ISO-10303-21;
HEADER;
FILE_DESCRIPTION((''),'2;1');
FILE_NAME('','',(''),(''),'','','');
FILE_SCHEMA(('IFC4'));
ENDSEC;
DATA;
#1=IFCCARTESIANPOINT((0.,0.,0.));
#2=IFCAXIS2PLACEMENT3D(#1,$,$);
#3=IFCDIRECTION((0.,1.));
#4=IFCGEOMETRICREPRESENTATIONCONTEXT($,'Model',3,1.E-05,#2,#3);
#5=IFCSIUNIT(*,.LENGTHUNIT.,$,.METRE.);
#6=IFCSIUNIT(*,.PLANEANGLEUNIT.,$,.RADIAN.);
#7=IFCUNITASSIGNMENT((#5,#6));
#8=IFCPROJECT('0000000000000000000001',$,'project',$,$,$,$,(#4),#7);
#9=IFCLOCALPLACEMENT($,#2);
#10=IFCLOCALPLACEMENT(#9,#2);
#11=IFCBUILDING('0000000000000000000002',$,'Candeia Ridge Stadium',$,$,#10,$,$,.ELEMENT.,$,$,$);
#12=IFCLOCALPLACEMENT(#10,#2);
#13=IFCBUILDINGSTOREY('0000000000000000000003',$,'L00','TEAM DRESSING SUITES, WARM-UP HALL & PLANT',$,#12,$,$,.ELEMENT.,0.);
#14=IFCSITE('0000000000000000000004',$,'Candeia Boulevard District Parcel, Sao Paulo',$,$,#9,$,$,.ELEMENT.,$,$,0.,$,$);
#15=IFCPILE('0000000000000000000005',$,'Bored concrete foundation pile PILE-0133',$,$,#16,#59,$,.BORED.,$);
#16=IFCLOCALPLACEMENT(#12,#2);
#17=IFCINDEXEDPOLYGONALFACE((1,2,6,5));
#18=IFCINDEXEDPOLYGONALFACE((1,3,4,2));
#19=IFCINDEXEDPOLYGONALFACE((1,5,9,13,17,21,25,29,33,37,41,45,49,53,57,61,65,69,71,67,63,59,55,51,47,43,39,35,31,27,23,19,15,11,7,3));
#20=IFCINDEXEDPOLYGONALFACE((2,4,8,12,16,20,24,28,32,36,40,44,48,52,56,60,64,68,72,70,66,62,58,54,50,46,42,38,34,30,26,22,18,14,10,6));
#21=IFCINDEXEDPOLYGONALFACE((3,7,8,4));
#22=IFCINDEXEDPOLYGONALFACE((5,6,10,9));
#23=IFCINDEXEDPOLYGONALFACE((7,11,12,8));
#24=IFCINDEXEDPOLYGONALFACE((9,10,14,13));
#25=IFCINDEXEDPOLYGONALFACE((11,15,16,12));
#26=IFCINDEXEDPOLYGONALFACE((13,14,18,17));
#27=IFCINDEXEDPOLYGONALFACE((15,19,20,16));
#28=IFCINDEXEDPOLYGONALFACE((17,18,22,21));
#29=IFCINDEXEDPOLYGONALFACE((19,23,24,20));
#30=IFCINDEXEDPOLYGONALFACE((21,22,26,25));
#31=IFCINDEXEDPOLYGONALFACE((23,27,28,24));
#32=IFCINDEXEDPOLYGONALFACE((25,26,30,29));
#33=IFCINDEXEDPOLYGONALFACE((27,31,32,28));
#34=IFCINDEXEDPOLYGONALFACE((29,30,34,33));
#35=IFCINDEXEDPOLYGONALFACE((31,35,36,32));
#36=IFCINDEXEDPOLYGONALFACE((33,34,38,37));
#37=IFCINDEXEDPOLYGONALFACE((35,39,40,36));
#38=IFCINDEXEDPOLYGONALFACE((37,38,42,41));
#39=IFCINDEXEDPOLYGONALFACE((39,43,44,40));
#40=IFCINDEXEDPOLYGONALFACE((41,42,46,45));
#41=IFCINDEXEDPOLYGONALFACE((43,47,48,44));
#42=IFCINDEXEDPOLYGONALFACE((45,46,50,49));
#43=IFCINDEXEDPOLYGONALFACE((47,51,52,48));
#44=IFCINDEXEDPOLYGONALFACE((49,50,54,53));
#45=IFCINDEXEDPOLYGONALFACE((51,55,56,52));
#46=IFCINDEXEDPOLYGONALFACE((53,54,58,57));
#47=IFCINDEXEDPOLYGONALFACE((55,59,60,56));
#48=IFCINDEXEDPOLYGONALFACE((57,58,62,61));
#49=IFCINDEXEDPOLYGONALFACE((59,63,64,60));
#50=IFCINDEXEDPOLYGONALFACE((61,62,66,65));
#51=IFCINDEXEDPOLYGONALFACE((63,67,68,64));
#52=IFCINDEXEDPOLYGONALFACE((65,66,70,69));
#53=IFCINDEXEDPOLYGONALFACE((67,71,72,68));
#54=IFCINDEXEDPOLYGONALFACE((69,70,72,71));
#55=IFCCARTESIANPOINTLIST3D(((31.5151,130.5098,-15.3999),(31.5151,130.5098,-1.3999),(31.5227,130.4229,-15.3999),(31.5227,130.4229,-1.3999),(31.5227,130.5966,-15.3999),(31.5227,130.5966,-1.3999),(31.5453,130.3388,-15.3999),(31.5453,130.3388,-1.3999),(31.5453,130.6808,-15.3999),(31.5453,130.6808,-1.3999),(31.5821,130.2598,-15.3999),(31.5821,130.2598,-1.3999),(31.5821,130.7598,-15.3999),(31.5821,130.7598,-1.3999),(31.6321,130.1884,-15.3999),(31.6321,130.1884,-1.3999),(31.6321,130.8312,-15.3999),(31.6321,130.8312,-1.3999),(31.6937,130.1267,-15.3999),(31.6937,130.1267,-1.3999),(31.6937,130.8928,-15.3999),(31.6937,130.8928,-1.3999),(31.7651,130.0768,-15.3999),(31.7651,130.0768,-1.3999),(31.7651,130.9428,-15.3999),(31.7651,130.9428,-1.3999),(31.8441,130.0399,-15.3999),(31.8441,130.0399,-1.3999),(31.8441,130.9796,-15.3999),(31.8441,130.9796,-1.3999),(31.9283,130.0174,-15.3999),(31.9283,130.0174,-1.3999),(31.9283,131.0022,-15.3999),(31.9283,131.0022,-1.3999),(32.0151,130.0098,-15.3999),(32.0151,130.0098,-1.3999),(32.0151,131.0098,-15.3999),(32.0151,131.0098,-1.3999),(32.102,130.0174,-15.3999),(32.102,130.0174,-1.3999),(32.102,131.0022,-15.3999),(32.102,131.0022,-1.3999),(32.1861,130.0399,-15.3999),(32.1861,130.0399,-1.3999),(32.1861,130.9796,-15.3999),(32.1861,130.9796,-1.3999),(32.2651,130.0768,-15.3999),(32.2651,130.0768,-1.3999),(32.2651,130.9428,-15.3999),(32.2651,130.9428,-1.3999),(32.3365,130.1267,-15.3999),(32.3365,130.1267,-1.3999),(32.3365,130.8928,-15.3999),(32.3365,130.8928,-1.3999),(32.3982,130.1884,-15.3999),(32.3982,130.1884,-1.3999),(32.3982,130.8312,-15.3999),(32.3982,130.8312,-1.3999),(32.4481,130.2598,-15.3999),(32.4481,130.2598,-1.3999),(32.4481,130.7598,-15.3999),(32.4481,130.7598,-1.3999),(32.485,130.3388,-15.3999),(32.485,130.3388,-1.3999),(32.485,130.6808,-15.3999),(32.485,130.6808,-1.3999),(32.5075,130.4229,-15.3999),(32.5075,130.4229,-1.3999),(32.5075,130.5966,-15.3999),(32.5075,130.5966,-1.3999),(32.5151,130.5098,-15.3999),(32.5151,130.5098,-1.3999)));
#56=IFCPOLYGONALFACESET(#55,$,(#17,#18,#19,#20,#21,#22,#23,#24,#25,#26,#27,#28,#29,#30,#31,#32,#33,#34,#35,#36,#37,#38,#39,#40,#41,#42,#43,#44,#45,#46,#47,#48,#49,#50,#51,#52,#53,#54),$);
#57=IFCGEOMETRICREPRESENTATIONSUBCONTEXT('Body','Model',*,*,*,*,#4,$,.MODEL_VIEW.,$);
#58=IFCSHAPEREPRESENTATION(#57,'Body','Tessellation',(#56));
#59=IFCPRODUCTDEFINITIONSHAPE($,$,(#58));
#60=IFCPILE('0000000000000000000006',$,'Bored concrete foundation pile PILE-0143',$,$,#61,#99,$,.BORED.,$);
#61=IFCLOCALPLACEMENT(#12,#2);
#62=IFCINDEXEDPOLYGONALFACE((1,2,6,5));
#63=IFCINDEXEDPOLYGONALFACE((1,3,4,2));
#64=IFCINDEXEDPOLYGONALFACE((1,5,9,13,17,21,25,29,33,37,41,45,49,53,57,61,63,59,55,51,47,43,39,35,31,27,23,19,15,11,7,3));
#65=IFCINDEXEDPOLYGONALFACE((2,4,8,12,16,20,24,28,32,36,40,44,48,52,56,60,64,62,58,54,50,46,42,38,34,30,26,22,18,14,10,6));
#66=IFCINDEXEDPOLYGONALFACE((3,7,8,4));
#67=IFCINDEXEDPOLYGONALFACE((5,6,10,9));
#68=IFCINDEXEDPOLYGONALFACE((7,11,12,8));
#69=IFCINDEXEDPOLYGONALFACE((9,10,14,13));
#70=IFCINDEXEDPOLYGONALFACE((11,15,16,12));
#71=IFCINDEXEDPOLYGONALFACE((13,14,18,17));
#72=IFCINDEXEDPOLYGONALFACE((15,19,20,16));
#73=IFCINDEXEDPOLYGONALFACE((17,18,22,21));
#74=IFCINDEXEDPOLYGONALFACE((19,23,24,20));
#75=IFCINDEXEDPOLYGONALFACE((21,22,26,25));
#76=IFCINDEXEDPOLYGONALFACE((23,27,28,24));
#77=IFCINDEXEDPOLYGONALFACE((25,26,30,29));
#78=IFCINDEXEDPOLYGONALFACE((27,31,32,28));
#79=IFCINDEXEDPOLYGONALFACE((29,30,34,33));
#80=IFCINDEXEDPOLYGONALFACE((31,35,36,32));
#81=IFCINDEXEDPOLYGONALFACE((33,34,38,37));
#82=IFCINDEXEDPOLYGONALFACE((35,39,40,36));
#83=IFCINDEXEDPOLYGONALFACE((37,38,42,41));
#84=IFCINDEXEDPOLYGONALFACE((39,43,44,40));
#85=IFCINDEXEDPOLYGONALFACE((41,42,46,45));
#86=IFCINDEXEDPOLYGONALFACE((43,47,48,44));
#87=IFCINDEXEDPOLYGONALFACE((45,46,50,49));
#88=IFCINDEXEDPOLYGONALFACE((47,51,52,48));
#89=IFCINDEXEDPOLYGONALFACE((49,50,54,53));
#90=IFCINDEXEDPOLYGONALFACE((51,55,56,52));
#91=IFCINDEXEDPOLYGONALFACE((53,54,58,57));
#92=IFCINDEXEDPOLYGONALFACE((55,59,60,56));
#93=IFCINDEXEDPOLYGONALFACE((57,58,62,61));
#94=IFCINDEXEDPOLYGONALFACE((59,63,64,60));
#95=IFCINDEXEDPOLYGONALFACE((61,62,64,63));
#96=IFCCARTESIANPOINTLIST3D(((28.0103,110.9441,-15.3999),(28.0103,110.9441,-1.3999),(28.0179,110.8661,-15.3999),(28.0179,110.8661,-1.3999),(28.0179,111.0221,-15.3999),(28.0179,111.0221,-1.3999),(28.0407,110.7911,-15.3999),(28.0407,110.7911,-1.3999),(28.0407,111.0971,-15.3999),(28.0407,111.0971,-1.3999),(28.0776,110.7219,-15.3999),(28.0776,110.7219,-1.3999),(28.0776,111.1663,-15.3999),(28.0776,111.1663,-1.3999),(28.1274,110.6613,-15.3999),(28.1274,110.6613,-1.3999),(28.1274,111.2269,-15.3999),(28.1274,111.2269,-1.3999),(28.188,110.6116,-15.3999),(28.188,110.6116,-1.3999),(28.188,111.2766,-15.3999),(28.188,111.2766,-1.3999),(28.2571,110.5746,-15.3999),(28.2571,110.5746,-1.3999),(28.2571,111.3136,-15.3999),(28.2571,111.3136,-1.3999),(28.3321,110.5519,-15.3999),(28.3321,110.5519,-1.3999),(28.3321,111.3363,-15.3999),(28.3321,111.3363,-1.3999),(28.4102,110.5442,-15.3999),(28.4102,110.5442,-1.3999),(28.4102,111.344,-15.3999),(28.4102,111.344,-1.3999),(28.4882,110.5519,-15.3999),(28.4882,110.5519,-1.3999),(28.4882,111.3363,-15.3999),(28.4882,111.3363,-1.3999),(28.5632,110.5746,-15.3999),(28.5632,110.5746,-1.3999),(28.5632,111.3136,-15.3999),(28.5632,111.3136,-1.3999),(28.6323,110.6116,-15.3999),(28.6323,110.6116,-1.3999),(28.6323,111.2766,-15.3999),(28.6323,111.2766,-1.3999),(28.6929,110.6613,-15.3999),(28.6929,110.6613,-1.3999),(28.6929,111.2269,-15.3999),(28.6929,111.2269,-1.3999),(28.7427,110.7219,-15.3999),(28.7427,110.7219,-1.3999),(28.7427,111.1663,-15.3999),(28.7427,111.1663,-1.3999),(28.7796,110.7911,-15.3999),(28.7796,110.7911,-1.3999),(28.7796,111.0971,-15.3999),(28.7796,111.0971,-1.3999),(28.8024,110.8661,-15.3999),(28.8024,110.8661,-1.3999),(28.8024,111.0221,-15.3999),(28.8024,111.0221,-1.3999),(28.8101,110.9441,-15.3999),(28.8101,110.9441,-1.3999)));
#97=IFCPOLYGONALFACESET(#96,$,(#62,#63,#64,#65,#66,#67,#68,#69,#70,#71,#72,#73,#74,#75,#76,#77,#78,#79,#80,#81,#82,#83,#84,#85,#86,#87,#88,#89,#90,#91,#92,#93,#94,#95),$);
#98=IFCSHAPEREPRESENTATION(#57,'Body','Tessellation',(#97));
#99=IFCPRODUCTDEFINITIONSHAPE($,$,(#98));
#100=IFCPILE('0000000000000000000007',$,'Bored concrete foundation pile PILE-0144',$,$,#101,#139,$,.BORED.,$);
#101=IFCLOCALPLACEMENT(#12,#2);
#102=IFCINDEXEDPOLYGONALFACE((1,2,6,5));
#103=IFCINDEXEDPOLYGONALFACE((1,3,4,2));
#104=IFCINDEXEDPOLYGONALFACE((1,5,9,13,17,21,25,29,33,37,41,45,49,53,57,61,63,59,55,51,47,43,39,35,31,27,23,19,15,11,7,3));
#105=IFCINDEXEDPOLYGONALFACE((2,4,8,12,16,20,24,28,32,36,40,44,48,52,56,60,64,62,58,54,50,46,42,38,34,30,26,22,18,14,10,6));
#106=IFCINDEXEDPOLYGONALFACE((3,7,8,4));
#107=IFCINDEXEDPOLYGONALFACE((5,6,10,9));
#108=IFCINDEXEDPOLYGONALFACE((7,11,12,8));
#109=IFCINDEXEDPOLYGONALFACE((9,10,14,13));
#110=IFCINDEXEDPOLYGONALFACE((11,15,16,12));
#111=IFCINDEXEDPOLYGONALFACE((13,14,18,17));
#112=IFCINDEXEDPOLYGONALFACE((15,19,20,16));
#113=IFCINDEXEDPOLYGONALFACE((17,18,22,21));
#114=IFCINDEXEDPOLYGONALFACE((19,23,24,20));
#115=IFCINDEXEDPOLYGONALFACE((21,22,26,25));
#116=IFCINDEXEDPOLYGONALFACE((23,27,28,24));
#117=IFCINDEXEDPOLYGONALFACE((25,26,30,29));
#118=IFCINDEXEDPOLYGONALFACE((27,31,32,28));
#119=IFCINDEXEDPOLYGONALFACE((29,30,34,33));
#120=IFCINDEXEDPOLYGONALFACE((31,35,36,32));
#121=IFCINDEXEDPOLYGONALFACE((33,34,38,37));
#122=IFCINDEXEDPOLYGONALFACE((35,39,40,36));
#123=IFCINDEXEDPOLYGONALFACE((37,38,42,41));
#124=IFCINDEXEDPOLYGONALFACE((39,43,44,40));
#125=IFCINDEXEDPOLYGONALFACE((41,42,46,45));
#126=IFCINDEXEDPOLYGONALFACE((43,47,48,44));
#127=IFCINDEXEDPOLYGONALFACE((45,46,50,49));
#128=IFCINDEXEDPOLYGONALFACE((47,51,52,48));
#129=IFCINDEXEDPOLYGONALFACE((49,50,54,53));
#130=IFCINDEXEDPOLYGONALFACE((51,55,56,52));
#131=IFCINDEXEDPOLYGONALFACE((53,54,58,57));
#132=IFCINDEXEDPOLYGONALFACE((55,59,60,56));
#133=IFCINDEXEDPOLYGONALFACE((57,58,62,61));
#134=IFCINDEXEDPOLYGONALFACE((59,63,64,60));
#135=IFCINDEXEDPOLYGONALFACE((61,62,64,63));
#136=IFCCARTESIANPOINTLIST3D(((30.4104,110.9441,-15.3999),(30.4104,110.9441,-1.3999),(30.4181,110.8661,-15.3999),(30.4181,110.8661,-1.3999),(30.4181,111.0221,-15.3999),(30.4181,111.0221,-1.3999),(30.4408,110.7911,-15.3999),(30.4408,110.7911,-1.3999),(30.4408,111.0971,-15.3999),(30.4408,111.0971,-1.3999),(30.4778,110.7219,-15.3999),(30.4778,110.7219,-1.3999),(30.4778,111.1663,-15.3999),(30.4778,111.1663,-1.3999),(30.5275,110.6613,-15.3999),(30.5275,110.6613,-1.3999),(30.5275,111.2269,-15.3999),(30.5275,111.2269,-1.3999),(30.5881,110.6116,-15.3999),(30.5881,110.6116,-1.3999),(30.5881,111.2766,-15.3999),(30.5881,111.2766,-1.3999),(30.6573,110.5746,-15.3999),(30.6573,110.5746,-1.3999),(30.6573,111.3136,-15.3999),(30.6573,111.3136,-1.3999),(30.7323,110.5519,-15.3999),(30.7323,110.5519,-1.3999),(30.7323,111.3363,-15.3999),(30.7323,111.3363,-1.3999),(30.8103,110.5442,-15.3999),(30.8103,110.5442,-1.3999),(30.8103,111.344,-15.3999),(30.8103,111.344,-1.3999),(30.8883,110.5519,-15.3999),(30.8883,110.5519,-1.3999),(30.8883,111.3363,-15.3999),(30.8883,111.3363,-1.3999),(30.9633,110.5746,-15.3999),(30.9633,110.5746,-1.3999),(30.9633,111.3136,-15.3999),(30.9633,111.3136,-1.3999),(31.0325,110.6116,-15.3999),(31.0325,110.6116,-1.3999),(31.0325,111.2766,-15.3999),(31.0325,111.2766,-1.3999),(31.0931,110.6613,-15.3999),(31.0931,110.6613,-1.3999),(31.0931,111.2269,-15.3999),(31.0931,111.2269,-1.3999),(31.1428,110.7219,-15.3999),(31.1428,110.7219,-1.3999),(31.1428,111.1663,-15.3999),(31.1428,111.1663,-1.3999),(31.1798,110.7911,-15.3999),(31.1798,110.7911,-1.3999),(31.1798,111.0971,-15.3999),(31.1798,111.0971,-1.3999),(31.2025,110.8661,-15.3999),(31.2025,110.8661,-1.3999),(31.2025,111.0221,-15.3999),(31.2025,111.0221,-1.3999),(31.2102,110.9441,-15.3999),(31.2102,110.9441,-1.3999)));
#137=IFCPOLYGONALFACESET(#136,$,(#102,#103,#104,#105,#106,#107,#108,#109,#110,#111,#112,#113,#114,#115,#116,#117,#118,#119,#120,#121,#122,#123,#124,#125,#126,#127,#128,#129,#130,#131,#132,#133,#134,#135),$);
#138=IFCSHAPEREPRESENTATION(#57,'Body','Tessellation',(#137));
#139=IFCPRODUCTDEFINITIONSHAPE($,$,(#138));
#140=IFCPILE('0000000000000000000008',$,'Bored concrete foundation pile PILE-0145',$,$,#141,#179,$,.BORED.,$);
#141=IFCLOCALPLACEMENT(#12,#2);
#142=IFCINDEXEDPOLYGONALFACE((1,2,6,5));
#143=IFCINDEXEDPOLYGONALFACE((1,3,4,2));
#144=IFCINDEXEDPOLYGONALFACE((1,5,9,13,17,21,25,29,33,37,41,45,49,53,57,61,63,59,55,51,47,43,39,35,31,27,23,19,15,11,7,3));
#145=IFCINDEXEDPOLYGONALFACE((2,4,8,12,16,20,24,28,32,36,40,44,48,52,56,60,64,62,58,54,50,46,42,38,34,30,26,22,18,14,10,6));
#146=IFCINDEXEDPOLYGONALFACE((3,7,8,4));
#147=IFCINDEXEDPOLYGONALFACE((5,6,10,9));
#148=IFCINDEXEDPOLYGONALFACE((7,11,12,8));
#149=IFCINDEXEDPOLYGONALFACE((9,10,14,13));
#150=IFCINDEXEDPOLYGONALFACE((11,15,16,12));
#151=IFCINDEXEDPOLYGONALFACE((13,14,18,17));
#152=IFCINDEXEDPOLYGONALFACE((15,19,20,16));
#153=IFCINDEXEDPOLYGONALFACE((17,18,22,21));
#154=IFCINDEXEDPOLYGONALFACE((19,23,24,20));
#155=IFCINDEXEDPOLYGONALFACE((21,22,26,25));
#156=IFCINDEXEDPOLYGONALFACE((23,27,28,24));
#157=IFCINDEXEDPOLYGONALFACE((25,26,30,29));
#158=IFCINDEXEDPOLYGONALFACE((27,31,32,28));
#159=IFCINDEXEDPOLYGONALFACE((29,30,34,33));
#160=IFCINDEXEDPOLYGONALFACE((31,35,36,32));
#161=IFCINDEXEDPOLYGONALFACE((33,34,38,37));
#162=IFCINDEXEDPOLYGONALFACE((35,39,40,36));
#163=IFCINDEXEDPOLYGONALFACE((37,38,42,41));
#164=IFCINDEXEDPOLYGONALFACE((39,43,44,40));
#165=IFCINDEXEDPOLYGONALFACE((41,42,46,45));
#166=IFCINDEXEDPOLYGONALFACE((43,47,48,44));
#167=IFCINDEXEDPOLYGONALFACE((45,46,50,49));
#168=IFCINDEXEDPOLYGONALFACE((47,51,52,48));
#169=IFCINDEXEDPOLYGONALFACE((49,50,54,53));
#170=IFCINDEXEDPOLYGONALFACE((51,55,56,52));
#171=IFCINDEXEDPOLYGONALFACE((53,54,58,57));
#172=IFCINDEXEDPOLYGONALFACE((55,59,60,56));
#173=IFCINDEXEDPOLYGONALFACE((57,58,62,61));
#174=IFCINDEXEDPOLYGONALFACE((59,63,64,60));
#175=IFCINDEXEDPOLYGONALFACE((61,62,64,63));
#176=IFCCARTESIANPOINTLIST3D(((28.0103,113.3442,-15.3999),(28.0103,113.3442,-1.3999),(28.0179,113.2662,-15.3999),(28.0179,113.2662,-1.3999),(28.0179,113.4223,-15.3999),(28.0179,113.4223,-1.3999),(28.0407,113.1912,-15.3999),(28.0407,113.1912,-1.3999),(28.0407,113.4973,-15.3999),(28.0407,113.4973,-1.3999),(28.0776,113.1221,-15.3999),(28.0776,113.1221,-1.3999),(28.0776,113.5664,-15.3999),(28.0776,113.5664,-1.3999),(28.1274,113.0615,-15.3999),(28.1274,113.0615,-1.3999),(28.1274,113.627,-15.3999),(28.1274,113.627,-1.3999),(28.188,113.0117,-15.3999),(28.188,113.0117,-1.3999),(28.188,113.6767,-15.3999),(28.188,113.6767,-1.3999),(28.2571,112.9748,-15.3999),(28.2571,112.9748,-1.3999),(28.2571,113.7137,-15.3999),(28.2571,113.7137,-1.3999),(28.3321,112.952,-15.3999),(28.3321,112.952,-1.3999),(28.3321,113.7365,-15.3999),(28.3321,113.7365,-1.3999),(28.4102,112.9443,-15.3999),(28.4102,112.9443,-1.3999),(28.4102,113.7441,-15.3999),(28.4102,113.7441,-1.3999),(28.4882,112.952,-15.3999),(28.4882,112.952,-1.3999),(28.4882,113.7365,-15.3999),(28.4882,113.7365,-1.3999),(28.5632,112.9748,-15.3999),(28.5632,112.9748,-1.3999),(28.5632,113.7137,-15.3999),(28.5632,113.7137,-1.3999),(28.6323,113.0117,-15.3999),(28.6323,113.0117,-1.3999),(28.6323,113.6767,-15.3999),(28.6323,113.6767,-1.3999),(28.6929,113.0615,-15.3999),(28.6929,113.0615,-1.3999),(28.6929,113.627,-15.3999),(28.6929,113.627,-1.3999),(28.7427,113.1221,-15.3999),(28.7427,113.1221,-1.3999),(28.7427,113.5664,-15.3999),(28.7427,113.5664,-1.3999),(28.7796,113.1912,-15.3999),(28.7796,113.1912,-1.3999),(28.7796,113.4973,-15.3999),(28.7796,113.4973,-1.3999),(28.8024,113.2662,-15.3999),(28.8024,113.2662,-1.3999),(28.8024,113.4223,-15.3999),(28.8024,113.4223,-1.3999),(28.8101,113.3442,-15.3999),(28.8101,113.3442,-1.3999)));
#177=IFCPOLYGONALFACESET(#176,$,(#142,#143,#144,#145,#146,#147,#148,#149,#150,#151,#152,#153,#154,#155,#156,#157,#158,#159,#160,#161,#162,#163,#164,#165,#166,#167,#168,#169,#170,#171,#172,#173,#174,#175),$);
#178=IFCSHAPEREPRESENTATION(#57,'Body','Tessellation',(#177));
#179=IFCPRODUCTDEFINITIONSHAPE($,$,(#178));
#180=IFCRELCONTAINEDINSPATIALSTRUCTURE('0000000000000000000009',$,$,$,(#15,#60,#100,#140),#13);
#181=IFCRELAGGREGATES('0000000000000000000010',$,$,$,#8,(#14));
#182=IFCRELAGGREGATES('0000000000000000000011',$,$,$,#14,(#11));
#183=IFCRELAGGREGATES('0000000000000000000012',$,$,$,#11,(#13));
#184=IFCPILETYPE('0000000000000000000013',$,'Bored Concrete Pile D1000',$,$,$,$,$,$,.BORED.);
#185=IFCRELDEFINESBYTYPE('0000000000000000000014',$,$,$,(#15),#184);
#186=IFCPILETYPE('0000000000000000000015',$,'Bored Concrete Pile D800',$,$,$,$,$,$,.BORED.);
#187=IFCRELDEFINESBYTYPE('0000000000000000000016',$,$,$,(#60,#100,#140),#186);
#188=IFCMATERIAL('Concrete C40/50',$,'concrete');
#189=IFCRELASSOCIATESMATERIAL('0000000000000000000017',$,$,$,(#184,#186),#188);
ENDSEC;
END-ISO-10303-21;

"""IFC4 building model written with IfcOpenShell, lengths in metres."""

from ifc_helpers import new_model, si_unit, direction, frame, origin, origin_2d, place, context, subcontext, project, spatial, circle, extrude, material, material_profile, profile_set, type_object, element, save


model = new_model("IFC4")

# Units and contexts
model_context = context("Model", 3, precision=1e-05, world=origin(), true_north=direction((0.0, 1.0)))
body_context = subcontext(model_context, "Body", "Model", "MODEL_VIEW")
ifc_project = project(units=[si_unit("LENGTHUNIT", "METRE"), si_unit("PLANEANGLEUNIT", "RADIAN")], contexts=[model_context])

# Site, building, storey
site_placement = place(None, origin())
site = spatial("IfcSite", under=ifc_project, at=site_placement, Name="Candeia Boulevard District Parcel, Sao Paulo", CompositionType="ELEMENT", RefElevation=0.0)
building_placement = place(site_placement, origin())
building = spatial("IfcBuilding", under=site, at=building_placement, Name="Candeia Ridge Stadium", CompositionType="ELEMENT")
storey_placement = place(building_placement, origin())
storey = spatial("IfcBuildingStorey", under=building, at=storey_placement, Name="L00", Description="TEAM DRESSING SUITES, WARM-UP HALL & PLANT", CompositionType="ELEMENT", Elevation=0.0)

# Piles
ifc_material_1 = material(Name="Concrete C40/50", Category="concrete")
ifc_material_profile_1 = material_profile(ifc_material_1, circle(Radius=0.5, at=origin_2d()), Name="PILE-D1000", Category="concrete")
ifc_profile_set_1 = profile_set([ifc_material_profile_1], Name="Concrete C40/50")
pile_type_1 = type_object("IfcPileType", Name="Bored Concrete Pile D1000", PredefinedType="BORED", material=ifc_profile_set_1)
pile_placement = place(storey_placement, frame((32.0151, 130.5098, -1.3999), z_axis=(0.0, 0.0, -1.0), x_axis=(1.0, 0.0, 0.0)))
element("IfcPile", 1, at=pile_placement, inside=storey, type_object=pile_type_1, Name="Bored concrete foundation pile PILE-0133", PredefinedType="BORED", context=body_context, shape_type="SweptSolid", body=[
    extrude(circle(Radius=0.5, at=origin_2d()), origin(), (0.0, 0.0, 1.0), 14.0),
])
ifc_material_profile_2 = material_profile(ifc_material_1, circle(Radius=0.3999, at=origin_2d()), Name="PILE-D800", Category="concrete")
ifc_profile_set_2 = profile_set([ifc_material_profile_2], Name="Concrete C40/50")
pile_type_2 = type_object("IfcPileType", Name="Bored Concrete Pile D800", PredefinedType="BORED", material=ifc_profile_set_2)
for number, where, z_axis, x_axis, name in (
    (2, (28.4102, 110.9441, -1.3999), (0.0, 0.0, -1.0), (1.0, 0.0, 0.0), "Bored concrete foundation pile PILE-0143"),
    (3, (30.8103, 110.9441, -1.3999), (0.0, 0.0, -1.0), (1.0, 0.0, 0.0), "Bored concrete foundation pile PILE-0144"),
    (4, (28.4102, 113.3442, -1.3999), (0.0, 0.0, -1.0), (1.0, 0.0, 0.0), "Bored concrete foundation pile PILE-0145"),
):
    element("IfcPile", number, at=place(storey_placement, frame(where, z_axis=z_axis, x_axis=x_axis)), inside=storey, type_object=pile_type_2, Name=name, PredefinedType="BORED", context=body_context, shape_type="SweptSolid", body=[
        extrude(circle(Radius=0.3999, at=origin_2d()), origin(), (0.0, 0.0, 1.0), 14.0),
    ])

save(model, "model.ifc")
